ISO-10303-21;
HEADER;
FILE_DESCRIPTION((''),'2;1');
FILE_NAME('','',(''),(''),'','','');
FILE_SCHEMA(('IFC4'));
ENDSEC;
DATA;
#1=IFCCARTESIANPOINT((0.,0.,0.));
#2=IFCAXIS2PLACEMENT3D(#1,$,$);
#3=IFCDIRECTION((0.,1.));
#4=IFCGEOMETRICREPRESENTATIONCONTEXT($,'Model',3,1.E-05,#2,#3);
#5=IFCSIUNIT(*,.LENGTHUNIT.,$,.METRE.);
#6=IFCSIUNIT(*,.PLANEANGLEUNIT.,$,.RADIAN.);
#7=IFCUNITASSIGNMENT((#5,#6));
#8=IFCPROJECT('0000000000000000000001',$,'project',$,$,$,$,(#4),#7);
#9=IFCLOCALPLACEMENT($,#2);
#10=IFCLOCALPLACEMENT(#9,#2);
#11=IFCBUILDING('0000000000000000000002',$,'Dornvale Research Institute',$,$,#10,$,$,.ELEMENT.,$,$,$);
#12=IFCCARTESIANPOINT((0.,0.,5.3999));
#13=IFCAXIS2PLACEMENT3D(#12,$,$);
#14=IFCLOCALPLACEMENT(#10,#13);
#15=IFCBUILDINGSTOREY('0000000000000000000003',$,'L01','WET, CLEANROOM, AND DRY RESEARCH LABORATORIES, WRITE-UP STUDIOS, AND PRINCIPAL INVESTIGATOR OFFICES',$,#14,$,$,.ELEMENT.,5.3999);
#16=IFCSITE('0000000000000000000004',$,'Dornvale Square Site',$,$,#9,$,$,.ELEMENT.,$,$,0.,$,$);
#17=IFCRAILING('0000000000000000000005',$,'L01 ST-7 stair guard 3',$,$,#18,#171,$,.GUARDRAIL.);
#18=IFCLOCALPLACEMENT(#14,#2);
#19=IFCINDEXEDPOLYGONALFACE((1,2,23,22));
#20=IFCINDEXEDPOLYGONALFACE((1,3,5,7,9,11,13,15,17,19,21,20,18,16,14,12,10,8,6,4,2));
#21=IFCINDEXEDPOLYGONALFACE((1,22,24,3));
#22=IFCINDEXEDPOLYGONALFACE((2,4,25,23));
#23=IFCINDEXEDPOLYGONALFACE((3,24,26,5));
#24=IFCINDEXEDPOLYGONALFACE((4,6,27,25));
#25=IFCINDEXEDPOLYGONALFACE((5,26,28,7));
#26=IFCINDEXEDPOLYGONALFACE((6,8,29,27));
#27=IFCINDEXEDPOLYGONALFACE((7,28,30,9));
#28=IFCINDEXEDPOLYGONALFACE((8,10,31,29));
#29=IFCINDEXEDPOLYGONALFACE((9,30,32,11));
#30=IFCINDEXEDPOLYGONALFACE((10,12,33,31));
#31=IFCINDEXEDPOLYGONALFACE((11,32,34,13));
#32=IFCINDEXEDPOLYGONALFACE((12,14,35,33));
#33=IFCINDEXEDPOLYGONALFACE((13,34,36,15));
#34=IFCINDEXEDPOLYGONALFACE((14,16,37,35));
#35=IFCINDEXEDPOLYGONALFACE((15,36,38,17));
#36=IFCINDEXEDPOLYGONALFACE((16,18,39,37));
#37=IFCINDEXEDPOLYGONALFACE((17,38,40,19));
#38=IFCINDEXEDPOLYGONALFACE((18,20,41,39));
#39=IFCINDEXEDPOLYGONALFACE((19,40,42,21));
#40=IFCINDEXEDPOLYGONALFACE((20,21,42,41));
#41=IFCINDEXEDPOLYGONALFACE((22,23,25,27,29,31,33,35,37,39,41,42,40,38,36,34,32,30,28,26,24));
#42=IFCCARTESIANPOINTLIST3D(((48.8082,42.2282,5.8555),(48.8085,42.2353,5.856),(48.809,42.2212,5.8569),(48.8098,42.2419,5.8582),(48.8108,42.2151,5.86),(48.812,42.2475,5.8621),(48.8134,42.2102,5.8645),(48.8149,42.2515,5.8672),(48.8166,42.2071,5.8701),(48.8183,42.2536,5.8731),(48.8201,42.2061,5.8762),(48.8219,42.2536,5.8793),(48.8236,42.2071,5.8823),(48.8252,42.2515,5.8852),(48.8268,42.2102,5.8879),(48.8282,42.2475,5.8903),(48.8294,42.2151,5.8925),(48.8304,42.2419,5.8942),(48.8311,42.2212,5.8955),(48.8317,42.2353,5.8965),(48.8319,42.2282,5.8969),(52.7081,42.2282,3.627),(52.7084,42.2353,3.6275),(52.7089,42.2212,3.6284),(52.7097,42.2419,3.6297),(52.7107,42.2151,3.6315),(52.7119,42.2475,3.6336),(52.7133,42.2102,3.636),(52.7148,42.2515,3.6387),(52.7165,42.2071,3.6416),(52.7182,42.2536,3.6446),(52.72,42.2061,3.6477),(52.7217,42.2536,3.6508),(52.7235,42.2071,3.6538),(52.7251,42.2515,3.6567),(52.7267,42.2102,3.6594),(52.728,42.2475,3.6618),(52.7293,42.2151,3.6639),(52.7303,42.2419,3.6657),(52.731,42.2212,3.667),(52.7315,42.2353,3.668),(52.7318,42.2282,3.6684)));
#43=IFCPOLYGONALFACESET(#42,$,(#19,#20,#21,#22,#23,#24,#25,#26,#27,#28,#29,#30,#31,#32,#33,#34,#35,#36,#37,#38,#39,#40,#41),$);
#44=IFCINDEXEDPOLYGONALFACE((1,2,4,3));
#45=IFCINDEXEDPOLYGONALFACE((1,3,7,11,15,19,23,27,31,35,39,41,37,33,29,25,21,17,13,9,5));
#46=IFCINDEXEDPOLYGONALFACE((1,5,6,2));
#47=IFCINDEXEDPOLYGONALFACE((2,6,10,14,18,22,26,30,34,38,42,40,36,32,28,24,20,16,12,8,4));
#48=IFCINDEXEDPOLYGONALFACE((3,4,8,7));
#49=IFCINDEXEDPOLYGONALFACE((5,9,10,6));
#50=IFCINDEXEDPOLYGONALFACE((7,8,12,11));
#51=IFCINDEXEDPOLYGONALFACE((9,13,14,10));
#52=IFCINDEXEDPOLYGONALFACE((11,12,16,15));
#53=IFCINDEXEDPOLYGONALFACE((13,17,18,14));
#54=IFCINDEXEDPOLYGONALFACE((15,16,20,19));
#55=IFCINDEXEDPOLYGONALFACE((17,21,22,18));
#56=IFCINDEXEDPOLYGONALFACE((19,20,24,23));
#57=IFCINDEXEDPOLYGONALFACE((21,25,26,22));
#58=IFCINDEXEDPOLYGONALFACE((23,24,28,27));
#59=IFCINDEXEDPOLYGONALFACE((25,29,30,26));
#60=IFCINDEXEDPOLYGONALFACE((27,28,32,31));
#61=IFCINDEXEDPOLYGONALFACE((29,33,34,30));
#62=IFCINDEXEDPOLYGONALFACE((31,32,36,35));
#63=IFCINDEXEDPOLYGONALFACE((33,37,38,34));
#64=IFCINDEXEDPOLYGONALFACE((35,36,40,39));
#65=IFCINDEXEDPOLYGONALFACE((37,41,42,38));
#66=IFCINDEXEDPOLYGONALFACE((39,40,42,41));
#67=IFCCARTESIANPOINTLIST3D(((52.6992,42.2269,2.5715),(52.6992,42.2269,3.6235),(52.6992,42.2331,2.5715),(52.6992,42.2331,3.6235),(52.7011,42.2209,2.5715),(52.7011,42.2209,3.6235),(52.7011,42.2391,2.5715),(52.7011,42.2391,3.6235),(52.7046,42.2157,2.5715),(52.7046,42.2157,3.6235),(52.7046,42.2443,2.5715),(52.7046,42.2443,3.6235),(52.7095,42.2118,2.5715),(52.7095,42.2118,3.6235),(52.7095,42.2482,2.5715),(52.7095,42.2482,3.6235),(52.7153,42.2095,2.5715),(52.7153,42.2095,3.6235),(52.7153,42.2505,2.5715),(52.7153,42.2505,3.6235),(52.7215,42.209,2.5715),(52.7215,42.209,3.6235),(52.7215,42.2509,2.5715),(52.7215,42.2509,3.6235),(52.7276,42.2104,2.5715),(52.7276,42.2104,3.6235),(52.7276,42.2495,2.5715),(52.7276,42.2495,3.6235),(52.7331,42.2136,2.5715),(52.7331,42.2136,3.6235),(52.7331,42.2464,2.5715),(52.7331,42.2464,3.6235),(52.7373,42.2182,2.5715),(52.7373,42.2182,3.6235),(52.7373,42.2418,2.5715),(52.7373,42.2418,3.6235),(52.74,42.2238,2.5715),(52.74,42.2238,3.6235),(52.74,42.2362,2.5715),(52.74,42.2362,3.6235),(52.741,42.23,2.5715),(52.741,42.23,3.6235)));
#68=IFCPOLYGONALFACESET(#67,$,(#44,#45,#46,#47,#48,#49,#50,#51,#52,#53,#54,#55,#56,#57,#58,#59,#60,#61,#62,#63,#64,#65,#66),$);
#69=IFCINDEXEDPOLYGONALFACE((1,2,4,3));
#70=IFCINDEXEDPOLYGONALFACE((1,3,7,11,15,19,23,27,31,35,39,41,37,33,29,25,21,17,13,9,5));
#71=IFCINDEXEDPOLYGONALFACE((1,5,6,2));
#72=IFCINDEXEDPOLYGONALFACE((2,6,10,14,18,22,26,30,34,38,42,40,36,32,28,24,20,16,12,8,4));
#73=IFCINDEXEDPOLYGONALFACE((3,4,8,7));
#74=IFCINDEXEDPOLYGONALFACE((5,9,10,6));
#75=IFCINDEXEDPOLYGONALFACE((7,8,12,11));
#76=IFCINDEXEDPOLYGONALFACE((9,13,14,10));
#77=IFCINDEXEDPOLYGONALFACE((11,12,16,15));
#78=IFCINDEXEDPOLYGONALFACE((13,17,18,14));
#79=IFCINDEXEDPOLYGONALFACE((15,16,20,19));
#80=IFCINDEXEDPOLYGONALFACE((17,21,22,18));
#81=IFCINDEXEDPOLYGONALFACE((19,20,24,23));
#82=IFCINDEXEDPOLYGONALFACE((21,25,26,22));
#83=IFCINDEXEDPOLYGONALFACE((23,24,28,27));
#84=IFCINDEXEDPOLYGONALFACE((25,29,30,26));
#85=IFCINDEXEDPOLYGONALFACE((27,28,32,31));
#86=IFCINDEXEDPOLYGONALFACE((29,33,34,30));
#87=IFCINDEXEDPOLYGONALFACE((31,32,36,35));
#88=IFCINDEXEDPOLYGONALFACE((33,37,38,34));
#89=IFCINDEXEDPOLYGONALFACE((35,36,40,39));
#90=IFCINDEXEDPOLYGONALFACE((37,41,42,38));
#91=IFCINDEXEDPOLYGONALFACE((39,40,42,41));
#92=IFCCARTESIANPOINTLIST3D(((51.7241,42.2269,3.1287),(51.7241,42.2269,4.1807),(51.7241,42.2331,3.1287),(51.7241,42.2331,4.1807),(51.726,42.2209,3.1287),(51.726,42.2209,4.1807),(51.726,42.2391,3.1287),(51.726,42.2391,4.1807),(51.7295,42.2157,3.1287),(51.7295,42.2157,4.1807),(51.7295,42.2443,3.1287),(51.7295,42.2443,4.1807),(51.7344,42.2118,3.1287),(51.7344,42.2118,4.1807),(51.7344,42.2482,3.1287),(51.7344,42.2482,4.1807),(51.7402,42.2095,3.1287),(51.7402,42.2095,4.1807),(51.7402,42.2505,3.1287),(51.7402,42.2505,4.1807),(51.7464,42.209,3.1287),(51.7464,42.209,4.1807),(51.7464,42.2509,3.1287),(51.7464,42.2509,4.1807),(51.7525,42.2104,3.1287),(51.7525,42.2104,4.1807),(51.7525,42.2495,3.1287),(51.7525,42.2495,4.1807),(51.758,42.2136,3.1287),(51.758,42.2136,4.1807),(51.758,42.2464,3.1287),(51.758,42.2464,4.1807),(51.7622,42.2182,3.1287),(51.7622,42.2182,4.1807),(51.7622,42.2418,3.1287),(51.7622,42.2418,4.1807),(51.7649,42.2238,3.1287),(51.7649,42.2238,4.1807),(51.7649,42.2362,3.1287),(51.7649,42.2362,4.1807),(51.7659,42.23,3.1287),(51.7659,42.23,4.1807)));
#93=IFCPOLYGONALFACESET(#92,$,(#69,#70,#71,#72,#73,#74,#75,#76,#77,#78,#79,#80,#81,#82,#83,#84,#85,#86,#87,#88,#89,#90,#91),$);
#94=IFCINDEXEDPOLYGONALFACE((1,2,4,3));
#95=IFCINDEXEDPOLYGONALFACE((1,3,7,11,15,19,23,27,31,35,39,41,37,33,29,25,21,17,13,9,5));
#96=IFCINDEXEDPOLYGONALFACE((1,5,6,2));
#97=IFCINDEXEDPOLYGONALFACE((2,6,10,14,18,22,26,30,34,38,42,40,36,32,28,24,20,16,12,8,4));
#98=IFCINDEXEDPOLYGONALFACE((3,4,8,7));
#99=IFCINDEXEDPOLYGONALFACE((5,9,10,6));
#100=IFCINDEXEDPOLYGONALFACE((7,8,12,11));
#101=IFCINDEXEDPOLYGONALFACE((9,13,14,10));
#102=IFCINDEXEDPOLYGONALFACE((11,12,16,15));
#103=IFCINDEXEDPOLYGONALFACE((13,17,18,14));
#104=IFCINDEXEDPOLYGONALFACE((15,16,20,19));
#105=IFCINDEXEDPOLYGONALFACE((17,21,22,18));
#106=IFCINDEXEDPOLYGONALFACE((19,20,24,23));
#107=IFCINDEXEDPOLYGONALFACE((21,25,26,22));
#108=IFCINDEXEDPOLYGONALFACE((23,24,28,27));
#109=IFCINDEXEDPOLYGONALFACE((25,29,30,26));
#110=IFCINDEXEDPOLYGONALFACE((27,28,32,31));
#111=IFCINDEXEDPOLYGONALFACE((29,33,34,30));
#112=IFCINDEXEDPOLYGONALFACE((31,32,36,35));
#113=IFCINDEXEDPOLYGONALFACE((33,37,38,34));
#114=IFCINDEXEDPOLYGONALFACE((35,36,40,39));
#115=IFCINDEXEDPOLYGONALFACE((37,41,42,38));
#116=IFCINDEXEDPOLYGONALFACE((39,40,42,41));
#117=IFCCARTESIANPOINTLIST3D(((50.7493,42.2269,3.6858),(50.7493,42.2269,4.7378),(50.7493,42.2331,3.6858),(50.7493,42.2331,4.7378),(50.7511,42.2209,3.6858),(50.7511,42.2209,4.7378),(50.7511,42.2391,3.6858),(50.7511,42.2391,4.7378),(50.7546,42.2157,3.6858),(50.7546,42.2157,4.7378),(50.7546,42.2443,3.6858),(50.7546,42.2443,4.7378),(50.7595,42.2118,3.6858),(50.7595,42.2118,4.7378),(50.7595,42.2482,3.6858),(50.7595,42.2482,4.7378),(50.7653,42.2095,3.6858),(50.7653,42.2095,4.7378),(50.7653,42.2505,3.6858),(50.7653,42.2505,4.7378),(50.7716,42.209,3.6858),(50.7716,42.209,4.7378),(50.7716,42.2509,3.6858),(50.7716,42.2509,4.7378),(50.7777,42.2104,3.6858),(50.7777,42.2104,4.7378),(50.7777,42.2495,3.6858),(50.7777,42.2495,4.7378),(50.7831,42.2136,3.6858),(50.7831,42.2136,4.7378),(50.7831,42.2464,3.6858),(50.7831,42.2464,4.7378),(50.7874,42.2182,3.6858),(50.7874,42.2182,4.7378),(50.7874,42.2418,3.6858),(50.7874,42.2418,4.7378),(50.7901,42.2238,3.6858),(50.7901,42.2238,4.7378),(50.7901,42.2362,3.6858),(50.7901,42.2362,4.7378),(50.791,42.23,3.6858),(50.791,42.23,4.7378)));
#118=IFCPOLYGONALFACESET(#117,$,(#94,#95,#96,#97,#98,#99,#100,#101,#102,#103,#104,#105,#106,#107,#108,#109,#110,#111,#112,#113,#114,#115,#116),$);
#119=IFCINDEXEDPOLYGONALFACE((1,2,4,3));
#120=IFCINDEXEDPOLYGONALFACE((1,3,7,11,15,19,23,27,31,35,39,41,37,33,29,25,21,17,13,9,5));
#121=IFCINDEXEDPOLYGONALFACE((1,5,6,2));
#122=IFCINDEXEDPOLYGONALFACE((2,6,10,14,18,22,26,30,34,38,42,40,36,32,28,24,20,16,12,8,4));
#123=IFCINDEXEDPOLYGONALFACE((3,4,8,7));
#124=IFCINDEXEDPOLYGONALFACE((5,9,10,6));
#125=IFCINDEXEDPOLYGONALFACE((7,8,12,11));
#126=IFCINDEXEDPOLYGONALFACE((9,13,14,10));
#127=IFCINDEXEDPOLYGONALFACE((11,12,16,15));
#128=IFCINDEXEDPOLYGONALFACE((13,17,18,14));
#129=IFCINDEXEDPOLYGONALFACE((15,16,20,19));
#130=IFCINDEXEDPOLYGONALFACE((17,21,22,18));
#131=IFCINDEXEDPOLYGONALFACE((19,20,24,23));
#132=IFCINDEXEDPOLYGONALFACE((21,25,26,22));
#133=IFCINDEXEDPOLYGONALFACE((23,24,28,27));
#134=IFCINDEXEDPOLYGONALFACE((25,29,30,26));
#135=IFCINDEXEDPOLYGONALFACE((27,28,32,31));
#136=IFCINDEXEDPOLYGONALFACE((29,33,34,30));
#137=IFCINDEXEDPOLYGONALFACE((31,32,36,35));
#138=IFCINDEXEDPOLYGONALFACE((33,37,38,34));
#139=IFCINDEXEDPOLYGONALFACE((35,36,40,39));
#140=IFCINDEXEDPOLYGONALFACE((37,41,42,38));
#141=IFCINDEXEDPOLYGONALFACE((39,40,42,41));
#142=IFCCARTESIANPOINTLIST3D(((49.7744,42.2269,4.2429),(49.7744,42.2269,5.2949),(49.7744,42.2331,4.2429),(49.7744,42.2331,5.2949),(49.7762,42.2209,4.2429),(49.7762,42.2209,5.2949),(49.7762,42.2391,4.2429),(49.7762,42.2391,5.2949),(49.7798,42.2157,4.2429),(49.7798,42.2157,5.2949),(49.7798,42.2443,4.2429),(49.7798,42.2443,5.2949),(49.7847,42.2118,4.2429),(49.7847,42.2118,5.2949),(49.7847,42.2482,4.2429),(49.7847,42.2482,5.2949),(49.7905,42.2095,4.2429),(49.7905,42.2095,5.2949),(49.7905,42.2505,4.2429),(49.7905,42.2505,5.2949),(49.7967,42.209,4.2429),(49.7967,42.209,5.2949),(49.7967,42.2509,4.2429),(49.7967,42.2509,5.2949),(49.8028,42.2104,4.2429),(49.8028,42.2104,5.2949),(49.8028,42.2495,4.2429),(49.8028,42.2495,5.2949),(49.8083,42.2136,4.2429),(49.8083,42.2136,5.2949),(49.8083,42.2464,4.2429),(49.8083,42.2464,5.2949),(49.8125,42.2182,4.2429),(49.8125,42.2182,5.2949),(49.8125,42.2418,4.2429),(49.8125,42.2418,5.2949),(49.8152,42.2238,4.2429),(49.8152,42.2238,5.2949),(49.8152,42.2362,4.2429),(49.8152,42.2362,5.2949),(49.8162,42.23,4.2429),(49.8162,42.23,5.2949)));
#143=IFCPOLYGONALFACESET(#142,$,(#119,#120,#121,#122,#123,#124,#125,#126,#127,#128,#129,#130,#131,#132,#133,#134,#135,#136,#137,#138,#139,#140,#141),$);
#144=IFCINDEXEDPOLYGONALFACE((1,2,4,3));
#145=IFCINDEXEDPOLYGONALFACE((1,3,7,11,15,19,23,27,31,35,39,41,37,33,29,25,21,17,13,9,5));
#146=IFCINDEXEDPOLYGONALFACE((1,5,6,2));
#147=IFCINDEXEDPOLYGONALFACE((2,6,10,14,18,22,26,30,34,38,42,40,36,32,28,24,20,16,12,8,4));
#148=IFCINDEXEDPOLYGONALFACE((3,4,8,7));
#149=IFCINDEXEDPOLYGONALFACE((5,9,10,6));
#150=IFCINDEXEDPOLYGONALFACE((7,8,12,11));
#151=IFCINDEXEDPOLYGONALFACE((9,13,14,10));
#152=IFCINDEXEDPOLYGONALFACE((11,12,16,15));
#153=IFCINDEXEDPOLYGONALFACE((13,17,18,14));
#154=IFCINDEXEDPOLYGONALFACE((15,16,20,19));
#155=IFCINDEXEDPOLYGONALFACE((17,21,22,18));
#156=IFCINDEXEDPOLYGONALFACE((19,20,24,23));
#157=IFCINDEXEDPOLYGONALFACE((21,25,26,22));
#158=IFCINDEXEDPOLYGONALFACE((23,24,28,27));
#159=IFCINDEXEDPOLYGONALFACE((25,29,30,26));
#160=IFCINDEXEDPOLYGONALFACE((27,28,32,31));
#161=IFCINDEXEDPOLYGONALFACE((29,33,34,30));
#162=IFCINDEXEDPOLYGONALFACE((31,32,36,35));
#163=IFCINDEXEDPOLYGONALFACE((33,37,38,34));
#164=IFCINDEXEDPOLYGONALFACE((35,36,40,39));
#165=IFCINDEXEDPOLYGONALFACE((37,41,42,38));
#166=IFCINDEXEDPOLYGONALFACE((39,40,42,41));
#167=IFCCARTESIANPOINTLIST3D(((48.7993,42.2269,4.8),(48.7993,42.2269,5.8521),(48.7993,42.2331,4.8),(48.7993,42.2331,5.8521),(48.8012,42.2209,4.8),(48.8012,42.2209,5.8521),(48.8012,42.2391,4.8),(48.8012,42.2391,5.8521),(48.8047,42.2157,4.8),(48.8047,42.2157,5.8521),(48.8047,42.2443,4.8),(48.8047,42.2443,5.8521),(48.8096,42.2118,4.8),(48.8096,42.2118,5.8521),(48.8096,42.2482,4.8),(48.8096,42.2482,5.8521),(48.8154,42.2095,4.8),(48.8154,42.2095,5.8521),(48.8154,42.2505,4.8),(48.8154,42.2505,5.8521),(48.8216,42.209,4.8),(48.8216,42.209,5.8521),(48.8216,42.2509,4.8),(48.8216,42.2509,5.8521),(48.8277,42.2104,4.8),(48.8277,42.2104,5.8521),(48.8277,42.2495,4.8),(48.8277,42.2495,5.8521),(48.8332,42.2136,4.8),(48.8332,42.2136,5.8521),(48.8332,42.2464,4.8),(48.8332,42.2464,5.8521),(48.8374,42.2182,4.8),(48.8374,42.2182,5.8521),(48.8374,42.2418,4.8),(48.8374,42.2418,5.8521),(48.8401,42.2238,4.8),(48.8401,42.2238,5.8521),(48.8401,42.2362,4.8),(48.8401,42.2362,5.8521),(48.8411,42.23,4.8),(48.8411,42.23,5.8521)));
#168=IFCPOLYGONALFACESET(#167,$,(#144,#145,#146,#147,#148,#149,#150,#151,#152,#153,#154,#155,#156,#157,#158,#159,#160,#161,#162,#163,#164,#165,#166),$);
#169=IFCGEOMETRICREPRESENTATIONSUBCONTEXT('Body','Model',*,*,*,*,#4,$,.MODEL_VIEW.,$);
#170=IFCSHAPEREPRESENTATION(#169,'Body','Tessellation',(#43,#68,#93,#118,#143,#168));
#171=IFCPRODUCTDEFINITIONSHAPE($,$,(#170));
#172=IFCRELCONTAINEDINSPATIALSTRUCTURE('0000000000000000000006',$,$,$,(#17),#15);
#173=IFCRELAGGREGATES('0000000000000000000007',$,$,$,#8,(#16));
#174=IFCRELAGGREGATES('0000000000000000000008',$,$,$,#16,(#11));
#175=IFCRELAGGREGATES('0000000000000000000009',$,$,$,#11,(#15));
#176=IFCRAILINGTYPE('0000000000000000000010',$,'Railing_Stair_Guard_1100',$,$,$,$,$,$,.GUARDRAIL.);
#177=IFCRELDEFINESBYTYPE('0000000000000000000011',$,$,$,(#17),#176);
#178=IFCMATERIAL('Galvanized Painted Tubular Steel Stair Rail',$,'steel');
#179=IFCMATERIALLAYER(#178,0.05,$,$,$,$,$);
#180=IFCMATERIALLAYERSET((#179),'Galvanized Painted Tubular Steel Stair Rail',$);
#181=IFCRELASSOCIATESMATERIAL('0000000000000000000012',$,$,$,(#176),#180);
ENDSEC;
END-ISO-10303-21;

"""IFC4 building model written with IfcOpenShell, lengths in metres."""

from ifc_helpers import new_model, si_unit, direction, frame, origin, origin_2d, place, context, subcontext, project, spatial, circle, extrude, material, layer, layer_set, type_object, element, save


model = new_model("IFC4")

# Units and contexts
model_context = context("Model", 3, precision=1e-05, world=origin(), true_north=direction((0.0, 1.0)))
body_context = subcontext(model_context, "Body", "Model", "MODEL_VIEW")
ifc_project = project(units=[si_unit("LENGTHUNIT", "METRE"), si_unit("PLANEANGLEUNIT", "RADIAN")], contexts=[model_context])

# Site, building, storey
site_placement = place(None, origin())
site = spatial("IfcSite", under=ifc_project, at=site_placement, Name="Dornvale Square Site", CompositionType="ELEMENT", RefElevation=0.0)
building_placement = place(site_placement, origin())
building = spatial("IfcBuilding", under=site, at=building_placement, Name="Dornvale Research Institute", CompositionType="ELEMENT")
storey_placement = place(building_placement, frame((0.0, 0.0, 5.3999)))
storey = spatial("IfcBuildingStorey", under=building, at=storey_placement, Name="L01", Description="WET, CLEANROOM, AND DRY RESEARCH LABORATORIES, WRITE-UP STUDIOS, AND PRINCIPAL INVESTIGATOR OFFICES", CompositionType="ELEMENT", Elevation=5.3999)

# Railing
ifc_material_1 = material(Name="Galvanized Painted Tubular Steel Stair Rail", Category="steel")
ifc_layer_1 = layer(ifc_material_1, 0.05)
ifc_layer_set_1 = layer_set([ifc_layer_1], Name="Galvanized Painted Tubular Steel Stair Rail")
railing_type_1 = type_object("IfcRailingType", Name="Railing_Stair_Guard_1100", PredefinedType="GUARDRAIL", material=ifc_layer_set_1)
railing_1_placement = place(storey_placement, frame((52.72, 42.23, 2.5715)))
element("IfcRailing", 1, at=railing_1_placement, inside=storey, type_object=railing_type_1, Name="L01 ST-7 stair guard 3", PredefinedType="GUARDRAIL", context=body_context, shape_type="SweptSolid", body=[
    extrude(circle(Radius=0.0239, at=origin_2d()), frame((0.0, 0.0, 1.0762), z_axis=(-0.868243, 0.0, 0.496139), x_axis=(0.0, -1.0, 0.0)), (0.0, 0.0, 1.0), 4.4917),
    extrude(circle(Radius=0.021, at=origin_2d()), origin(), (0.0, 0.0, 1.0), 1.052),
    extrude(circle(Radius=0.021, at=origin_2d()), frame((-0.9751, 0.0, 0.5571)), (0.0, 0.0, 1.0), 1.052),
    extrude(circle(Radius=0.021, at=origin_2d()), frame((-1.95, 0.0, 1.1143)), (0.0, 0.0, 1.0), 1.052),
    extrude(circle(Radius=0.021, at=origin_2d()), frame((-2.9248, 0.0, 1.6714)), (0.0, 0.0, 1.0), 1.052),
    extrude(circle(Radius=0.021, at=origin_2d()), frame((-3.8999, 0.0, 2.2285)), (0.0, 0.0, 1.0), 1.052),
])

save(model, "model.ifc")
